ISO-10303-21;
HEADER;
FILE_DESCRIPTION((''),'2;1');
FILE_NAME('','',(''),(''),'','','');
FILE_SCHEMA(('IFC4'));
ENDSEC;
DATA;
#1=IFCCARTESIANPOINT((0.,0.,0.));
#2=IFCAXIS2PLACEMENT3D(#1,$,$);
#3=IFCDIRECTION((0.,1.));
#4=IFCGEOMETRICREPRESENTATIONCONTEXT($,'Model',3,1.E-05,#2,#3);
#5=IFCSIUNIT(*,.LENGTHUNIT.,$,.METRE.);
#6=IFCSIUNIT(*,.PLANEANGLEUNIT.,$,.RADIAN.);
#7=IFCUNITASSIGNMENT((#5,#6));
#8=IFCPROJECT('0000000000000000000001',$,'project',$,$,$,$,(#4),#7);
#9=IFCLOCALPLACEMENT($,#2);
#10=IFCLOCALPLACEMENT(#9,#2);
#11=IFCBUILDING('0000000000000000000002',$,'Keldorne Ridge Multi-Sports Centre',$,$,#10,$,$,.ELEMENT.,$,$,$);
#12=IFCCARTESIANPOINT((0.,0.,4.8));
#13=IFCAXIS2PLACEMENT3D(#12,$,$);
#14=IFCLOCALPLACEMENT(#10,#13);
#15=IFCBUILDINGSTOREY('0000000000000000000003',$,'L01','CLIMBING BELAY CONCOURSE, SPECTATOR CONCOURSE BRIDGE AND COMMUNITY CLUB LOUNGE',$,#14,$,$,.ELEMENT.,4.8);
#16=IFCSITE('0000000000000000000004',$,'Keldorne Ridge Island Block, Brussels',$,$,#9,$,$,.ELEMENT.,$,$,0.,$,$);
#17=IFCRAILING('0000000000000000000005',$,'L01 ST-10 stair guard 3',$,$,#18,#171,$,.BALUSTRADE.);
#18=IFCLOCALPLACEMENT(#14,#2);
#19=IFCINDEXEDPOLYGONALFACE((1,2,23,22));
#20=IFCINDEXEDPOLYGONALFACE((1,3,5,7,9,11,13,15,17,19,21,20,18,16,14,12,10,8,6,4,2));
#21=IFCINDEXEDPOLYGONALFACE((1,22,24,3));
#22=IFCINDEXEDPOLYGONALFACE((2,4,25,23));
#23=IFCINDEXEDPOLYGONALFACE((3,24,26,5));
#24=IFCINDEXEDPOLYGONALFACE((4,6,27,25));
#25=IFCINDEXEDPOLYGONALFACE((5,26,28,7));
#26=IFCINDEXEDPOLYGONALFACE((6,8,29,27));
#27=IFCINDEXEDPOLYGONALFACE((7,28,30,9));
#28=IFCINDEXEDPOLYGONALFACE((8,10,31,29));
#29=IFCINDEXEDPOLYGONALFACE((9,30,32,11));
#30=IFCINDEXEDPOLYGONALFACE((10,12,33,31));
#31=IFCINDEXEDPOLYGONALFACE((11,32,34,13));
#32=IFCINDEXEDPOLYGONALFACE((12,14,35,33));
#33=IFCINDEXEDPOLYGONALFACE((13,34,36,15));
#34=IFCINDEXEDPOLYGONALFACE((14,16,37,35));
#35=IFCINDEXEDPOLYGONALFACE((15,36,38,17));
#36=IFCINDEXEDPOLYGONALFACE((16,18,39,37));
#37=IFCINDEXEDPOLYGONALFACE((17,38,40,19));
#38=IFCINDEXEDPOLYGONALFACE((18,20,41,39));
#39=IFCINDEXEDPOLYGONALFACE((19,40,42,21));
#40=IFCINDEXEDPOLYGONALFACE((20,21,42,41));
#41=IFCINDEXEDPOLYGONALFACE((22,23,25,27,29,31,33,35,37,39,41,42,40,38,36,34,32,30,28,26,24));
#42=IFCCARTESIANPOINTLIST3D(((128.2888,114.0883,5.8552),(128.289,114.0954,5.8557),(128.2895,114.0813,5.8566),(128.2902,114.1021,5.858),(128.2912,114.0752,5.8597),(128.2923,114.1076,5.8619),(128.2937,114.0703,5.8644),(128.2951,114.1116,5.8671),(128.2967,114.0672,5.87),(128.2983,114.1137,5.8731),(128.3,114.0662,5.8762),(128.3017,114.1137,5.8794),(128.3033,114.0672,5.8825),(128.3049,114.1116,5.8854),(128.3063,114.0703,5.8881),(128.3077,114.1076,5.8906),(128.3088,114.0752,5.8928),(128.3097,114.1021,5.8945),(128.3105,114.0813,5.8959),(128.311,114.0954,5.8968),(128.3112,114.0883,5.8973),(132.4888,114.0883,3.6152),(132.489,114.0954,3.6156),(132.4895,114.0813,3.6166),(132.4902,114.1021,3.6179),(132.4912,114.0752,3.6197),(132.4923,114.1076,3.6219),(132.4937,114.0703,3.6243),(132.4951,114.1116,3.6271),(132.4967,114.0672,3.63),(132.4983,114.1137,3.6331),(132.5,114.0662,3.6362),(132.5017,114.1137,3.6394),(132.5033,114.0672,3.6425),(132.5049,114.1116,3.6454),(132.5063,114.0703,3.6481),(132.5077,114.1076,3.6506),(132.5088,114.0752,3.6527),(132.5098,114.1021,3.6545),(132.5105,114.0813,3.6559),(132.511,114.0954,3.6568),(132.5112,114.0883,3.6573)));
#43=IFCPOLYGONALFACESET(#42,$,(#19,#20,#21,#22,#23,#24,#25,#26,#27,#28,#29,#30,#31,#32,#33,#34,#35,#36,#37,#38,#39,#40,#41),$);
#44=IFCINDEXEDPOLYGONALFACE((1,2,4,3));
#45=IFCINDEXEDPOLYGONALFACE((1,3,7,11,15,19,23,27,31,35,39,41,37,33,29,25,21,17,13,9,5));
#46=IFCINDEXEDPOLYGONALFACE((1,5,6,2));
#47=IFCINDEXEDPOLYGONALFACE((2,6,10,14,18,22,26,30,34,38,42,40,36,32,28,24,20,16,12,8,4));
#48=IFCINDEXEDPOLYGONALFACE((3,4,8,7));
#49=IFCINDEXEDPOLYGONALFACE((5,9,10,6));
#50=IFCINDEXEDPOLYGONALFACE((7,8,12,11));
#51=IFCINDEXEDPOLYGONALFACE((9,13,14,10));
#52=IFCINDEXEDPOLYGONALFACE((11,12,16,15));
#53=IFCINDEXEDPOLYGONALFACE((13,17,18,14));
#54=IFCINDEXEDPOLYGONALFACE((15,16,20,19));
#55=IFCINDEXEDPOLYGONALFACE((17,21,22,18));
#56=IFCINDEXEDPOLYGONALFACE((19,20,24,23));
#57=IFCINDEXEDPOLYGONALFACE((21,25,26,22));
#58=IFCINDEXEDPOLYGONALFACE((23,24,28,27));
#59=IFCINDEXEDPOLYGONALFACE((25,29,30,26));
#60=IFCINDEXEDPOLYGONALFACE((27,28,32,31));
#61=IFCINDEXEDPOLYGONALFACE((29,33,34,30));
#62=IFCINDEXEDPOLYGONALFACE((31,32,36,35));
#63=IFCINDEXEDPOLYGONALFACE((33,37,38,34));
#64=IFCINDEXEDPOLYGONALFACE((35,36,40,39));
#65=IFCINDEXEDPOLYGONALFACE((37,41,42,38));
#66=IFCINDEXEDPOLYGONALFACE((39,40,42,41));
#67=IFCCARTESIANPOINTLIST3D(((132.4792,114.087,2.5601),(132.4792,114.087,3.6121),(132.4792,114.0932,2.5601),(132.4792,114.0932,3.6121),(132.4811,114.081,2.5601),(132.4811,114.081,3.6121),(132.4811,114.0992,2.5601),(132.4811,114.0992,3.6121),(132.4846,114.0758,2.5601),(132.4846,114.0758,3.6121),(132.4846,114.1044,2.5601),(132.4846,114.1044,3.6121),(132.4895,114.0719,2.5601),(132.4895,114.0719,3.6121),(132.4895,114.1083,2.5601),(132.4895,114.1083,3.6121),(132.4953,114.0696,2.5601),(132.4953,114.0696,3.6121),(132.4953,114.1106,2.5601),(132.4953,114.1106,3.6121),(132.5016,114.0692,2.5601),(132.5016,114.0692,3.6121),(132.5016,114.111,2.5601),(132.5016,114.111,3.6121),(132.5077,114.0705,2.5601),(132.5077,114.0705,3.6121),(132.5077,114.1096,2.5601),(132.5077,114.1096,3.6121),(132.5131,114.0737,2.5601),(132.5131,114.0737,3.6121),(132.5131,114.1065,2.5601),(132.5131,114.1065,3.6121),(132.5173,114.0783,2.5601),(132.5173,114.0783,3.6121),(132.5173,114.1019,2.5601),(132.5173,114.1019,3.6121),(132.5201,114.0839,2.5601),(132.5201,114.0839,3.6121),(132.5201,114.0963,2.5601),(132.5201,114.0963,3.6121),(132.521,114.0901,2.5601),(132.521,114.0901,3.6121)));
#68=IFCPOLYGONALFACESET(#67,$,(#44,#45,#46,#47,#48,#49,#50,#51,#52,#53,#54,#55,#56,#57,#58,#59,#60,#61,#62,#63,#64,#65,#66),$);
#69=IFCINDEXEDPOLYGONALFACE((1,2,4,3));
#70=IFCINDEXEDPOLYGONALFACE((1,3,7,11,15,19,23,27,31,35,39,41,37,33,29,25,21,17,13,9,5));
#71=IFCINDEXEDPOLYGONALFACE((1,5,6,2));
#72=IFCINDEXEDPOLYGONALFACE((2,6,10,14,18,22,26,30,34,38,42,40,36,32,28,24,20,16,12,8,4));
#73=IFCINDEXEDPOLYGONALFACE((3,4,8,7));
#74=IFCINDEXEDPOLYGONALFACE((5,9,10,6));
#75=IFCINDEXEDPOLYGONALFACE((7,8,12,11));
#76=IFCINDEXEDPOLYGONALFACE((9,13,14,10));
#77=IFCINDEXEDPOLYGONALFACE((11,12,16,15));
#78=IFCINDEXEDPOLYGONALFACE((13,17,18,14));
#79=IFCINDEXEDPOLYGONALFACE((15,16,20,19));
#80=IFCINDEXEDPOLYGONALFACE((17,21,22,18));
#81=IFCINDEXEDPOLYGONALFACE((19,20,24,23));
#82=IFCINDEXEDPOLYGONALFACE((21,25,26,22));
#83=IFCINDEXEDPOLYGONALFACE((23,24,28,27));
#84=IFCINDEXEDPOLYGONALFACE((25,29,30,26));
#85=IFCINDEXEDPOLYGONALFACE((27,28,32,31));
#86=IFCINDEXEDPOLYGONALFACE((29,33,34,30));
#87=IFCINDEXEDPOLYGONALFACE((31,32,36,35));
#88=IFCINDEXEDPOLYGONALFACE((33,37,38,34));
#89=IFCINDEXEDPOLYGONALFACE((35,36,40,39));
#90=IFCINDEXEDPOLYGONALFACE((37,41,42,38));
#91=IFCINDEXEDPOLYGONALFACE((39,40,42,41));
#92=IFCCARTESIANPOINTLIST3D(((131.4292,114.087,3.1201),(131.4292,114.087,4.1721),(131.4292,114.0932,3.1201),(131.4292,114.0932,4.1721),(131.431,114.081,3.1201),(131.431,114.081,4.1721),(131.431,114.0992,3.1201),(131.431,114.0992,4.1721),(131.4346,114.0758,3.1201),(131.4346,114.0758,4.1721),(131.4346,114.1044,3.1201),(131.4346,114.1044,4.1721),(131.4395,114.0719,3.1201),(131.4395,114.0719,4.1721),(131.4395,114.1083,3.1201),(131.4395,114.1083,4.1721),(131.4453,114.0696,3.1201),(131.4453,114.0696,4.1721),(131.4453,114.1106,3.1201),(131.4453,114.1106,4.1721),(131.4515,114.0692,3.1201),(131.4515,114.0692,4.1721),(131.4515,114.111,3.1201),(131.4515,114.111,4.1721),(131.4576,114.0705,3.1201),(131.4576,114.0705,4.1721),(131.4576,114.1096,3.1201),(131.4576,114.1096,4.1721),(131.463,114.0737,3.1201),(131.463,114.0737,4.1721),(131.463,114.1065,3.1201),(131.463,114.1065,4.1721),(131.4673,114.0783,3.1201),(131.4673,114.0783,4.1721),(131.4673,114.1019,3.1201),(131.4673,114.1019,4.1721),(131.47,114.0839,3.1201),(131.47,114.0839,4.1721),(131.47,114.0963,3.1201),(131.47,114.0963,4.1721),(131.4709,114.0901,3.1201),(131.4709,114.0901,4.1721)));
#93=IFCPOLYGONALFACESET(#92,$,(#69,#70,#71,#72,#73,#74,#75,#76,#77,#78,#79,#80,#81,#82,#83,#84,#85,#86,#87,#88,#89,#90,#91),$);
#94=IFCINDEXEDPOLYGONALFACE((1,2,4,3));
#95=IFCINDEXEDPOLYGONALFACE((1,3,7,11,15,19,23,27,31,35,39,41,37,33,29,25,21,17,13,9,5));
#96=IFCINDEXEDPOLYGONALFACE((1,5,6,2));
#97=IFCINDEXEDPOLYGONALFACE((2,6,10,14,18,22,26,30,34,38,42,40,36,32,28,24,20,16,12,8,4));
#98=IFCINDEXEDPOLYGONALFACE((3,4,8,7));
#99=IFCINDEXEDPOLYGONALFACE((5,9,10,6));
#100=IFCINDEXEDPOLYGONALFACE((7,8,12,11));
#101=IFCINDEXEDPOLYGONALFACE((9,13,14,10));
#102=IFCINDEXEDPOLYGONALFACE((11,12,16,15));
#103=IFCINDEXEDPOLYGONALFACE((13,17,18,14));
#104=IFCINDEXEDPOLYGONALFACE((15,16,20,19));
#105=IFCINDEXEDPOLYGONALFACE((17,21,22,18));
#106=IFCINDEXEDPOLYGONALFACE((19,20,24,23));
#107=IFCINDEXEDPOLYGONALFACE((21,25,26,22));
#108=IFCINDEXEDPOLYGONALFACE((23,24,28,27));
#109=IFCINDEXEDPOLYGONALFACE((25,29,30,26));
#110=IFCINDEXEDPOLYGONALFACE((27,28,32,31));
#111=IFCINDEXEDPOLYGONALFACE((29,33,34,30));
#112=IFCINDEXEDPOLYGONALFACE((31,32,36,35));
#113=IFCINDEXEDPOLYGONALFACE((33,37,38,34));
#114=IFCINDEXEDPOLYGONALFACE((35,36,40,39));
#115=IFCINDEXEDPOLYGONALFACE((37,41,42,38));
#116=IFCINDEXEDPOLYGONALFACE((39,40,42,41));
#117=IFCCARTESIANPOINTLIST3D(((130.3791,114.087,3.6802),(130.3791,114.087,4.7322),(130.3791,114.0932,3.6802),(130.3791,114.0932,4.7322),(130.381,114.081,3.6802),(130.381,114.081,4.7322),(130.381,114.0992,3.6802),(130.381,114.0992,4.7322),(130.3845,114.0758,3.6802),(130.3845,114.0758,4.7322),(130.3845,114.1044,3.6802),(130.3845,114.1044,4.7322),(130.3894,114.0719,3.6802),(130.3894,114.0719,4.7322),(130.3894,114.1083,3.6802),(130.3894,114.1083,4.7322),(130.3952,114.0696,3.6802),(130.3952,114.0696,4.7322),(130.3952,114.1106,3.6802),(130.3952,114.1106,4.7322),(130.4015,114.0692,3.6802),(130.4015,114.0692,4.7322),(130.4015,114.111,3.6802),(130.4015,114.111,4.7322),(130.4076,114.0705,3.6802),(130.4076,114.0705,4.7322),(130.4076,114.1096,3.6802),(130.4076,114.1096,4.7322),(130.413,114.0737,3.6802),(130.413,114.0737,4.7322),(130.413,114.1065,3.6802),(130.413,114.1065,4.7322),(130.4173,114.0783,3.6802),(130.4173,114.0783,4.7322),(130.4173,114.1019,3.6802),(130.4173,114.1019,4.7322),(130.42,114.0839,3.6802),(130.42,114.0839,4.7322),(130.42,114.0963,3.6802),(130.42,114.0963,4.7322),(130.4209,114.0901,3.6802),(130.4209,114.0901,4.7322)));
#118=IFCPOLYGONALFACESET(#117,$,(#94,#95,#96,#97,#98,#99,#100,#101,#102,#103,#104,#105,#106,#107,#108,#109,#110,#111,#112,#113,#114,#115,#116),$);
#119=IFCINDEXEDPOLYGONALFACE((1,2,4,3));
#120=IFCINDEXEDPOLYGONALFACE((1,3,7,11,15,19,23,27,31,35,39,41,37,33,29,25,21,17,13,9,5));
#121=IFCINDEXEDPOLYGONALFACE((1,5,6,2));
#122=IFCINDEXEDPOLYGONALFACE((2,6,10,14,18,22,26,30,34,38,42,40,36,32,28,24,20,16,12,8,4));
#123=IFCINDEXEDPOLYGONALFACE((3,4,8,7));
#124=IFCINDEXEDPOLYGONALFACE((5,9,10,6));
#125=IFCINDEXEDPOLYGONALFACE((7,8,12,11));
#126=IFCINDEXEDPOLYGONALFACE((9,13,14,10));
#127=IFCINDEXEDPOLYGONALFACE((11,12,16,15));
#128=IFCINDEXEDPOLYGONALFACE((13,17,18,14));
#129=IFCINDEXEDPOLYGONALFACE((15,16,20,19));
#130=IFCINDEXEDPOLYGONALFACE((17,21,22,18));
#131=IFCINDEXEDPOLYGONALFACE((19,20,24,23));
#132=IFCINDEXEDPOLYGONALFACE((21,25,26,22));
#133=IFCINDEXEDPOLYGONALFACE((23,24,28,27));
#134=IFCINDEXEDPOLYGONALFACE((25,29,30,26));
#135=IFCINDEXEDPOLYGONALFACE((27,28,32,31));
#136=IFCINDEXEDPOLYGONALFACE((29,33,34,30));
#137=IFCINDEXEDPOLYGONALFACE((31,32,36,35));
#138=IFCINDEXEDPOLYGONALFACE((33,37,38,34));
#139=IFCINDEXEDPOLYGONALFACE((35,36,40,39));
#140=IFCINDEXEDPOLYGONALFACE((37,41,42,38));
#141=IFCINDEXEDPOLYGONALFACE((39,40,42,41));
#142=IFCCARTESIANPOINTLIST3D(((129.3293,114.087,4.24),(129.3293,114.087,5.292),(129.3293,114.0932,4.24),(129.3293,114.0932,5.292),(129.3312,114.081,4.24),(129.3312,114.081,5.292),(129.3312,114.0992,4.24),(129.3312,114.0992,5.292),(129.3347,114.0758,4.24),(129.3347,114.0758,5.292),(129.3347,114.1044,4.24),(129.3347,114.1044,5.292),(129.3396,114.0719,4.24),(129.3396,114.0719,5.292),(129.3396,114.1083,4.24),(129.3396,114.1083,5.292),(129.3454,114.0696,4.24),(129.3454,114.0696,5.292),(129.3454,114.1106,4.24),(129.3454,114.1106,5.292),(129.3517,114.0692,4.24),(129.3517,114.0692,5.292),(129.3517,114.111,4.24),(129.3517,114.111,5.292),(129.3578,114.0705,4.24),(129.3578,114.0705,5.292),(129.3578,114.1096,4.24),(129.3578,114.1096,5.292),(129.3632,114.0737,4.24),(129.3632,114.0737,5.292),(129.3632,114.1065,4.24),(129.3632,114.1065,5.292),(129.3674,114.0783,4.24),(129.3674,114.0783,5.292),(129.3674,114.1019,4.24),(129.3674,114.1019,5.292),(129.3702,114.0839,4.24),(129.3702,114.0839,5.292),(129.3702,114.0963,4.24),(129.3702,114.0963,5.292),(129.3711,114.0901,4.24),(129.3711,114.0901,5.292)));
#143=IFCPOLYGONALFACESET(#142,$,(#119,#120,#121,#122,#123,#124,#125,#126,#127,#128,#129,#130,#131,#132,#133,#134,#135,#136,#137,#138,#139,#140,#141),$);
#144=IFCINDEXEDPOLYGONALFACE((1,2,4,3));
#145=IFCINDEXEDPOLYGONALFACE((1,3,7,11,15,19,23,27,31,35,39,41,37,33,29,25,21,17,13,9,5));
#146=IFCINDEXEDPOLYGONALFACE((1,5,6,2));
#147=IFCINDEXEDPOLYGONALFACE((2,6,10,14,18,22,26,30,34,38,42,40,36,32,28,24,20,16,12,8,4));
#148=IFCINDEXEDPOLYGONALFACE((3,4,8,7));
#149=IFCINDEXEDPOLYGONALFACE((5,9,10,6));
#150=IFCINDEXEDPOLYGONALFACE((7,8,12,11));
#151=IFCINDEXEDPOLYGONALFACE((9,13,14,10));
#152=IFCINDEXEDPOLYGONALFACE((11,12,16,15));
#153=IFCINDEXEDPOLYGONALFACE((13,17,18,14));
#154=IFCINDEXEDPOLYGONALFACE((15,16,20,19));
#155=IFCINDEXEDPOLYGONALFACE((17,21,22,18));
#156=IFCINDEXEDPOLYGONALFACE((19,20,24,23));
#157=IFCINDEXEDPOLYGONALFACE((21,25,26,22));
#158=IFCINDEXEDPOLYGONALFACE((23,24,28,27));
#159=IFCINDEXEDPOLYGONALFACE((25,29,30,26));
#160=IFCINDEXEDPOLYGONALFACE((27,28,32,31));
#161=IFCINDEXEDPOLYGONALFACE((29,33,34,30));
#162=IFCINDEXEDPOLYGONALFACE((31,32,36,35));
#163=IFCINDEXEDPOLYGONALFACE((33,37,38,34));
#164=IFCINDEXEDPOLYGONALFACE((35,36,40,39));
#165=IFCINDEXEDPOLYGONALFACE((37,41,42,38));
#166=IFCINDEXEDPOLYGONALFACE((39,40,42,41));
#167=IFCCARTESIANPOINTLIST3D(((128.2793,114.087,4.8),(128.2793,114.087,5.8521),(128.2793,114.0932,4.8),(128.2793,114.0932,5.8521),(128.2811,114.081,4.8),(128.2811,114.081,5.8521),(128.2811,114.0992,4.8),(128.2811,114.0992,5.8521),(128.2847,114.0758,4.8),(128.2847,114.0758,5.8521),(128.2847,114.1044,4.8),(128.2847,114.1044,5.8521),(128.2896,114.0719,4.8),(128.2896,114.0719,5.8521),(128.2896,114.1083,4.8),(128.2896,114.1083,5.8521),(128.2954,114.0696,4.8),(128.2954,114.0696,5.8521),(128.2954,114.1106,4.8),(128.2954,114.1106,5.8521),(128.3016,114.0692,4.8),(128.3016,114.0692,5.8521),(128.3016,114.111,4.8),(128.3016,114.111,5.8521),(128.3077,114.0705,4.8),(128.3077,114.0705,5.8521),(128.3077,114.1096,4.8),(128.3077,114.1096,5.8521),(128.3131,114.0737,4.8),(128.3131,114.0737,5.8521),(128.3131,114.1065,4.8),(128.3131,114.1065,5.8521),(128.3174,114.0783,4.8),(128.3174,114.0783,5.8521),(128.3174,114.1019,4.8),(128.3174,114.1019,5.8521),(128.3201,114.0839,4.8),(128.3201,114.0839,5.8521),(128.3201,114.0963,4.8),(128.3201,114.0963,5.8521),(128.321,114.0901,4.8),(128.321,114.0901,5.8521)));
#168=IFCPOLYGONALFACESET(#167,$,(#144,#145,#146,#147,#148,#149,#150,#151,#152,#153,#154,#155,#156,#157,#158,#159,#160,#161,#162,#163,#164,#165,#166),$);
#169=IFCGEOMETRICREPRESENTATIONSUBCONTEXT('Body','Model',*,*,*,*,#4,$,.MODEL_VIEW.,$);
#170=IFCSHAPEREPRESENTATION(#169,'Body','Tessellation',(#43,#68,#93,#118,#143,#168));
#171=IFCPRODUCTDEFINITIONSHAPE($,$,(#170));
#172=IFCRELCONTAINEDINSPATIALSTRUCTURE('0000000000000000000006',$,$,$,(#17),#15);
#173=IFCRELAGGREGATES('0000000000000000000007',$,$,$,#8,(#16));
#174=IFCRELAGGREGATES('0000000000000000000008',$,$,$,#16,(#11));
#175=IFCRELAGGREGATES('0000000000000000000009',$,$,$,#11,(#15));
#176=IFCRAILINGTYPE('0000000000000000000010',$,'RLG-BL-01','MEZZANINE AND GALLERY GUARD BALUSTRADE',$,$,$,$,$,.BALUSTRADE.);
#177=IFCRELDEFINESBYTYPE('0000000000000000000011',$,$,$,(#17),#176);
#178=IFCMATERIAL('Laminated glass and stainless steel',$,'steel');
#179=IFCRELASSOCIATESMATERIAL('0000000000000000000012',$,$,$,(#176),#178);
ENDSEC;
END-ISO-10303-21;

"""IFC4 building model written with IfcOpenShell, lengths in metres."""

from ifc_helpers import new_model, si_unit, direction, frame, origin, origin_2d, place, context, subcontext, project, spatial, circle, extrude, material, type_object, element, save


model = new_model("IFC4")

# Units and contexts
model_context = context("Model", 3, precision=1e-05, world=origin(), true_north=direction((0.0, 1.0)))
body_context = subcontext(model_context, "Body", "Model", "MODEL_VIEW")
ifc_project = project(units=[si_unit("LENGTHUNIT", "METRE"), si_unit("PLANEANGLEUNIT", "RADIAN")], contexts=[model_context])

# Site, building, storey
site_placement = place(None, origin())
site = spatial("IfcSite", under=ifc_project, at=site_placement, Name="Keldorne Ridge Island Block, Brussels", CompositionType="ELEMENT", RefElevation=0.0)
building_placement = place(site_placement, origin())
building = spatial("IfcBuilding", under=site, at=building_placement, Name="Keldorne Ridge Multi-Sports Centre", CompositionType="ELEMENT")
storey_placement = place(building_placement, frame((0.0, 0.0, 4.8)))
storey = spatial("IfcBuildingStorey", under=building, at=storey_placement, Name="L01", Description="CLIMBING BELAY CONCOURSE, SPECTATOR CONCOURSE BRIDGE AND COMMUNITY CLUB LOUNGE", CompositionType="ELEMENT", Elevation=4.8)

# Railing
ifc_material_1 = material(Name="Laminated glass and stainless steel", Category="steel")
railing_type_1 = type_object("IfcRailingType", Name="RLG-BL-01", Description="MEZZANINE AND GALLERY GUARD BALUSTRADE", PredefinedType="BALUSTRADE", material=ifc_material_1)
railing_1_placement = place(storey_placement, frame((132.5, 114.0901, 2.5601)))
element("IfcRailing", 1, at=railing_1_placement, inside=storey, type_object=railing_type_1, Name="L01 ST-10 stair guard 3", PredefinedType="BALUSTRADE", context=body_context, shape_type="SweptSolid", body=[
    extrude(circle(Radius=0.0239, at=origin_2d()), frame((0.0, 0.0, 1.0762), z_axis=(-0.882352, 0.0, 0.470591), x_axis=(0.0, -1.0, 0.0)), (0.0, 0.0, 1.0), 4.76),
    extrude(circle(Radius=0.021, at=origin_2d()), origin(), (0.0, 0.0, 1.0), 1.052),
    extrude(circle(Radius=0.021, at=origin_2d()), frame((-1.05, 0.0, 0.5601)), (0.0, 0.0, 1.0), 1.052),
    extrude(circle(Radius=0.021, at=origin_2d()), frame((-2.1001, 0.0, 1.1201)), (0.0, 0.0, 1.0), 1.052),
    extrude(circle(Radius=0.021, at=origin_2d()), frame((-3.1499, 0.0, 1.6799)), (0.0, 0.0, 1.0), 1.052),
    extrude(circle(Radius=0.021, at=origin_2d()), frame((-4.2, 0.0, 2.24)), (0.0, 0.0, 1.0), 1.052),
])

save(model, "model.ifc")
